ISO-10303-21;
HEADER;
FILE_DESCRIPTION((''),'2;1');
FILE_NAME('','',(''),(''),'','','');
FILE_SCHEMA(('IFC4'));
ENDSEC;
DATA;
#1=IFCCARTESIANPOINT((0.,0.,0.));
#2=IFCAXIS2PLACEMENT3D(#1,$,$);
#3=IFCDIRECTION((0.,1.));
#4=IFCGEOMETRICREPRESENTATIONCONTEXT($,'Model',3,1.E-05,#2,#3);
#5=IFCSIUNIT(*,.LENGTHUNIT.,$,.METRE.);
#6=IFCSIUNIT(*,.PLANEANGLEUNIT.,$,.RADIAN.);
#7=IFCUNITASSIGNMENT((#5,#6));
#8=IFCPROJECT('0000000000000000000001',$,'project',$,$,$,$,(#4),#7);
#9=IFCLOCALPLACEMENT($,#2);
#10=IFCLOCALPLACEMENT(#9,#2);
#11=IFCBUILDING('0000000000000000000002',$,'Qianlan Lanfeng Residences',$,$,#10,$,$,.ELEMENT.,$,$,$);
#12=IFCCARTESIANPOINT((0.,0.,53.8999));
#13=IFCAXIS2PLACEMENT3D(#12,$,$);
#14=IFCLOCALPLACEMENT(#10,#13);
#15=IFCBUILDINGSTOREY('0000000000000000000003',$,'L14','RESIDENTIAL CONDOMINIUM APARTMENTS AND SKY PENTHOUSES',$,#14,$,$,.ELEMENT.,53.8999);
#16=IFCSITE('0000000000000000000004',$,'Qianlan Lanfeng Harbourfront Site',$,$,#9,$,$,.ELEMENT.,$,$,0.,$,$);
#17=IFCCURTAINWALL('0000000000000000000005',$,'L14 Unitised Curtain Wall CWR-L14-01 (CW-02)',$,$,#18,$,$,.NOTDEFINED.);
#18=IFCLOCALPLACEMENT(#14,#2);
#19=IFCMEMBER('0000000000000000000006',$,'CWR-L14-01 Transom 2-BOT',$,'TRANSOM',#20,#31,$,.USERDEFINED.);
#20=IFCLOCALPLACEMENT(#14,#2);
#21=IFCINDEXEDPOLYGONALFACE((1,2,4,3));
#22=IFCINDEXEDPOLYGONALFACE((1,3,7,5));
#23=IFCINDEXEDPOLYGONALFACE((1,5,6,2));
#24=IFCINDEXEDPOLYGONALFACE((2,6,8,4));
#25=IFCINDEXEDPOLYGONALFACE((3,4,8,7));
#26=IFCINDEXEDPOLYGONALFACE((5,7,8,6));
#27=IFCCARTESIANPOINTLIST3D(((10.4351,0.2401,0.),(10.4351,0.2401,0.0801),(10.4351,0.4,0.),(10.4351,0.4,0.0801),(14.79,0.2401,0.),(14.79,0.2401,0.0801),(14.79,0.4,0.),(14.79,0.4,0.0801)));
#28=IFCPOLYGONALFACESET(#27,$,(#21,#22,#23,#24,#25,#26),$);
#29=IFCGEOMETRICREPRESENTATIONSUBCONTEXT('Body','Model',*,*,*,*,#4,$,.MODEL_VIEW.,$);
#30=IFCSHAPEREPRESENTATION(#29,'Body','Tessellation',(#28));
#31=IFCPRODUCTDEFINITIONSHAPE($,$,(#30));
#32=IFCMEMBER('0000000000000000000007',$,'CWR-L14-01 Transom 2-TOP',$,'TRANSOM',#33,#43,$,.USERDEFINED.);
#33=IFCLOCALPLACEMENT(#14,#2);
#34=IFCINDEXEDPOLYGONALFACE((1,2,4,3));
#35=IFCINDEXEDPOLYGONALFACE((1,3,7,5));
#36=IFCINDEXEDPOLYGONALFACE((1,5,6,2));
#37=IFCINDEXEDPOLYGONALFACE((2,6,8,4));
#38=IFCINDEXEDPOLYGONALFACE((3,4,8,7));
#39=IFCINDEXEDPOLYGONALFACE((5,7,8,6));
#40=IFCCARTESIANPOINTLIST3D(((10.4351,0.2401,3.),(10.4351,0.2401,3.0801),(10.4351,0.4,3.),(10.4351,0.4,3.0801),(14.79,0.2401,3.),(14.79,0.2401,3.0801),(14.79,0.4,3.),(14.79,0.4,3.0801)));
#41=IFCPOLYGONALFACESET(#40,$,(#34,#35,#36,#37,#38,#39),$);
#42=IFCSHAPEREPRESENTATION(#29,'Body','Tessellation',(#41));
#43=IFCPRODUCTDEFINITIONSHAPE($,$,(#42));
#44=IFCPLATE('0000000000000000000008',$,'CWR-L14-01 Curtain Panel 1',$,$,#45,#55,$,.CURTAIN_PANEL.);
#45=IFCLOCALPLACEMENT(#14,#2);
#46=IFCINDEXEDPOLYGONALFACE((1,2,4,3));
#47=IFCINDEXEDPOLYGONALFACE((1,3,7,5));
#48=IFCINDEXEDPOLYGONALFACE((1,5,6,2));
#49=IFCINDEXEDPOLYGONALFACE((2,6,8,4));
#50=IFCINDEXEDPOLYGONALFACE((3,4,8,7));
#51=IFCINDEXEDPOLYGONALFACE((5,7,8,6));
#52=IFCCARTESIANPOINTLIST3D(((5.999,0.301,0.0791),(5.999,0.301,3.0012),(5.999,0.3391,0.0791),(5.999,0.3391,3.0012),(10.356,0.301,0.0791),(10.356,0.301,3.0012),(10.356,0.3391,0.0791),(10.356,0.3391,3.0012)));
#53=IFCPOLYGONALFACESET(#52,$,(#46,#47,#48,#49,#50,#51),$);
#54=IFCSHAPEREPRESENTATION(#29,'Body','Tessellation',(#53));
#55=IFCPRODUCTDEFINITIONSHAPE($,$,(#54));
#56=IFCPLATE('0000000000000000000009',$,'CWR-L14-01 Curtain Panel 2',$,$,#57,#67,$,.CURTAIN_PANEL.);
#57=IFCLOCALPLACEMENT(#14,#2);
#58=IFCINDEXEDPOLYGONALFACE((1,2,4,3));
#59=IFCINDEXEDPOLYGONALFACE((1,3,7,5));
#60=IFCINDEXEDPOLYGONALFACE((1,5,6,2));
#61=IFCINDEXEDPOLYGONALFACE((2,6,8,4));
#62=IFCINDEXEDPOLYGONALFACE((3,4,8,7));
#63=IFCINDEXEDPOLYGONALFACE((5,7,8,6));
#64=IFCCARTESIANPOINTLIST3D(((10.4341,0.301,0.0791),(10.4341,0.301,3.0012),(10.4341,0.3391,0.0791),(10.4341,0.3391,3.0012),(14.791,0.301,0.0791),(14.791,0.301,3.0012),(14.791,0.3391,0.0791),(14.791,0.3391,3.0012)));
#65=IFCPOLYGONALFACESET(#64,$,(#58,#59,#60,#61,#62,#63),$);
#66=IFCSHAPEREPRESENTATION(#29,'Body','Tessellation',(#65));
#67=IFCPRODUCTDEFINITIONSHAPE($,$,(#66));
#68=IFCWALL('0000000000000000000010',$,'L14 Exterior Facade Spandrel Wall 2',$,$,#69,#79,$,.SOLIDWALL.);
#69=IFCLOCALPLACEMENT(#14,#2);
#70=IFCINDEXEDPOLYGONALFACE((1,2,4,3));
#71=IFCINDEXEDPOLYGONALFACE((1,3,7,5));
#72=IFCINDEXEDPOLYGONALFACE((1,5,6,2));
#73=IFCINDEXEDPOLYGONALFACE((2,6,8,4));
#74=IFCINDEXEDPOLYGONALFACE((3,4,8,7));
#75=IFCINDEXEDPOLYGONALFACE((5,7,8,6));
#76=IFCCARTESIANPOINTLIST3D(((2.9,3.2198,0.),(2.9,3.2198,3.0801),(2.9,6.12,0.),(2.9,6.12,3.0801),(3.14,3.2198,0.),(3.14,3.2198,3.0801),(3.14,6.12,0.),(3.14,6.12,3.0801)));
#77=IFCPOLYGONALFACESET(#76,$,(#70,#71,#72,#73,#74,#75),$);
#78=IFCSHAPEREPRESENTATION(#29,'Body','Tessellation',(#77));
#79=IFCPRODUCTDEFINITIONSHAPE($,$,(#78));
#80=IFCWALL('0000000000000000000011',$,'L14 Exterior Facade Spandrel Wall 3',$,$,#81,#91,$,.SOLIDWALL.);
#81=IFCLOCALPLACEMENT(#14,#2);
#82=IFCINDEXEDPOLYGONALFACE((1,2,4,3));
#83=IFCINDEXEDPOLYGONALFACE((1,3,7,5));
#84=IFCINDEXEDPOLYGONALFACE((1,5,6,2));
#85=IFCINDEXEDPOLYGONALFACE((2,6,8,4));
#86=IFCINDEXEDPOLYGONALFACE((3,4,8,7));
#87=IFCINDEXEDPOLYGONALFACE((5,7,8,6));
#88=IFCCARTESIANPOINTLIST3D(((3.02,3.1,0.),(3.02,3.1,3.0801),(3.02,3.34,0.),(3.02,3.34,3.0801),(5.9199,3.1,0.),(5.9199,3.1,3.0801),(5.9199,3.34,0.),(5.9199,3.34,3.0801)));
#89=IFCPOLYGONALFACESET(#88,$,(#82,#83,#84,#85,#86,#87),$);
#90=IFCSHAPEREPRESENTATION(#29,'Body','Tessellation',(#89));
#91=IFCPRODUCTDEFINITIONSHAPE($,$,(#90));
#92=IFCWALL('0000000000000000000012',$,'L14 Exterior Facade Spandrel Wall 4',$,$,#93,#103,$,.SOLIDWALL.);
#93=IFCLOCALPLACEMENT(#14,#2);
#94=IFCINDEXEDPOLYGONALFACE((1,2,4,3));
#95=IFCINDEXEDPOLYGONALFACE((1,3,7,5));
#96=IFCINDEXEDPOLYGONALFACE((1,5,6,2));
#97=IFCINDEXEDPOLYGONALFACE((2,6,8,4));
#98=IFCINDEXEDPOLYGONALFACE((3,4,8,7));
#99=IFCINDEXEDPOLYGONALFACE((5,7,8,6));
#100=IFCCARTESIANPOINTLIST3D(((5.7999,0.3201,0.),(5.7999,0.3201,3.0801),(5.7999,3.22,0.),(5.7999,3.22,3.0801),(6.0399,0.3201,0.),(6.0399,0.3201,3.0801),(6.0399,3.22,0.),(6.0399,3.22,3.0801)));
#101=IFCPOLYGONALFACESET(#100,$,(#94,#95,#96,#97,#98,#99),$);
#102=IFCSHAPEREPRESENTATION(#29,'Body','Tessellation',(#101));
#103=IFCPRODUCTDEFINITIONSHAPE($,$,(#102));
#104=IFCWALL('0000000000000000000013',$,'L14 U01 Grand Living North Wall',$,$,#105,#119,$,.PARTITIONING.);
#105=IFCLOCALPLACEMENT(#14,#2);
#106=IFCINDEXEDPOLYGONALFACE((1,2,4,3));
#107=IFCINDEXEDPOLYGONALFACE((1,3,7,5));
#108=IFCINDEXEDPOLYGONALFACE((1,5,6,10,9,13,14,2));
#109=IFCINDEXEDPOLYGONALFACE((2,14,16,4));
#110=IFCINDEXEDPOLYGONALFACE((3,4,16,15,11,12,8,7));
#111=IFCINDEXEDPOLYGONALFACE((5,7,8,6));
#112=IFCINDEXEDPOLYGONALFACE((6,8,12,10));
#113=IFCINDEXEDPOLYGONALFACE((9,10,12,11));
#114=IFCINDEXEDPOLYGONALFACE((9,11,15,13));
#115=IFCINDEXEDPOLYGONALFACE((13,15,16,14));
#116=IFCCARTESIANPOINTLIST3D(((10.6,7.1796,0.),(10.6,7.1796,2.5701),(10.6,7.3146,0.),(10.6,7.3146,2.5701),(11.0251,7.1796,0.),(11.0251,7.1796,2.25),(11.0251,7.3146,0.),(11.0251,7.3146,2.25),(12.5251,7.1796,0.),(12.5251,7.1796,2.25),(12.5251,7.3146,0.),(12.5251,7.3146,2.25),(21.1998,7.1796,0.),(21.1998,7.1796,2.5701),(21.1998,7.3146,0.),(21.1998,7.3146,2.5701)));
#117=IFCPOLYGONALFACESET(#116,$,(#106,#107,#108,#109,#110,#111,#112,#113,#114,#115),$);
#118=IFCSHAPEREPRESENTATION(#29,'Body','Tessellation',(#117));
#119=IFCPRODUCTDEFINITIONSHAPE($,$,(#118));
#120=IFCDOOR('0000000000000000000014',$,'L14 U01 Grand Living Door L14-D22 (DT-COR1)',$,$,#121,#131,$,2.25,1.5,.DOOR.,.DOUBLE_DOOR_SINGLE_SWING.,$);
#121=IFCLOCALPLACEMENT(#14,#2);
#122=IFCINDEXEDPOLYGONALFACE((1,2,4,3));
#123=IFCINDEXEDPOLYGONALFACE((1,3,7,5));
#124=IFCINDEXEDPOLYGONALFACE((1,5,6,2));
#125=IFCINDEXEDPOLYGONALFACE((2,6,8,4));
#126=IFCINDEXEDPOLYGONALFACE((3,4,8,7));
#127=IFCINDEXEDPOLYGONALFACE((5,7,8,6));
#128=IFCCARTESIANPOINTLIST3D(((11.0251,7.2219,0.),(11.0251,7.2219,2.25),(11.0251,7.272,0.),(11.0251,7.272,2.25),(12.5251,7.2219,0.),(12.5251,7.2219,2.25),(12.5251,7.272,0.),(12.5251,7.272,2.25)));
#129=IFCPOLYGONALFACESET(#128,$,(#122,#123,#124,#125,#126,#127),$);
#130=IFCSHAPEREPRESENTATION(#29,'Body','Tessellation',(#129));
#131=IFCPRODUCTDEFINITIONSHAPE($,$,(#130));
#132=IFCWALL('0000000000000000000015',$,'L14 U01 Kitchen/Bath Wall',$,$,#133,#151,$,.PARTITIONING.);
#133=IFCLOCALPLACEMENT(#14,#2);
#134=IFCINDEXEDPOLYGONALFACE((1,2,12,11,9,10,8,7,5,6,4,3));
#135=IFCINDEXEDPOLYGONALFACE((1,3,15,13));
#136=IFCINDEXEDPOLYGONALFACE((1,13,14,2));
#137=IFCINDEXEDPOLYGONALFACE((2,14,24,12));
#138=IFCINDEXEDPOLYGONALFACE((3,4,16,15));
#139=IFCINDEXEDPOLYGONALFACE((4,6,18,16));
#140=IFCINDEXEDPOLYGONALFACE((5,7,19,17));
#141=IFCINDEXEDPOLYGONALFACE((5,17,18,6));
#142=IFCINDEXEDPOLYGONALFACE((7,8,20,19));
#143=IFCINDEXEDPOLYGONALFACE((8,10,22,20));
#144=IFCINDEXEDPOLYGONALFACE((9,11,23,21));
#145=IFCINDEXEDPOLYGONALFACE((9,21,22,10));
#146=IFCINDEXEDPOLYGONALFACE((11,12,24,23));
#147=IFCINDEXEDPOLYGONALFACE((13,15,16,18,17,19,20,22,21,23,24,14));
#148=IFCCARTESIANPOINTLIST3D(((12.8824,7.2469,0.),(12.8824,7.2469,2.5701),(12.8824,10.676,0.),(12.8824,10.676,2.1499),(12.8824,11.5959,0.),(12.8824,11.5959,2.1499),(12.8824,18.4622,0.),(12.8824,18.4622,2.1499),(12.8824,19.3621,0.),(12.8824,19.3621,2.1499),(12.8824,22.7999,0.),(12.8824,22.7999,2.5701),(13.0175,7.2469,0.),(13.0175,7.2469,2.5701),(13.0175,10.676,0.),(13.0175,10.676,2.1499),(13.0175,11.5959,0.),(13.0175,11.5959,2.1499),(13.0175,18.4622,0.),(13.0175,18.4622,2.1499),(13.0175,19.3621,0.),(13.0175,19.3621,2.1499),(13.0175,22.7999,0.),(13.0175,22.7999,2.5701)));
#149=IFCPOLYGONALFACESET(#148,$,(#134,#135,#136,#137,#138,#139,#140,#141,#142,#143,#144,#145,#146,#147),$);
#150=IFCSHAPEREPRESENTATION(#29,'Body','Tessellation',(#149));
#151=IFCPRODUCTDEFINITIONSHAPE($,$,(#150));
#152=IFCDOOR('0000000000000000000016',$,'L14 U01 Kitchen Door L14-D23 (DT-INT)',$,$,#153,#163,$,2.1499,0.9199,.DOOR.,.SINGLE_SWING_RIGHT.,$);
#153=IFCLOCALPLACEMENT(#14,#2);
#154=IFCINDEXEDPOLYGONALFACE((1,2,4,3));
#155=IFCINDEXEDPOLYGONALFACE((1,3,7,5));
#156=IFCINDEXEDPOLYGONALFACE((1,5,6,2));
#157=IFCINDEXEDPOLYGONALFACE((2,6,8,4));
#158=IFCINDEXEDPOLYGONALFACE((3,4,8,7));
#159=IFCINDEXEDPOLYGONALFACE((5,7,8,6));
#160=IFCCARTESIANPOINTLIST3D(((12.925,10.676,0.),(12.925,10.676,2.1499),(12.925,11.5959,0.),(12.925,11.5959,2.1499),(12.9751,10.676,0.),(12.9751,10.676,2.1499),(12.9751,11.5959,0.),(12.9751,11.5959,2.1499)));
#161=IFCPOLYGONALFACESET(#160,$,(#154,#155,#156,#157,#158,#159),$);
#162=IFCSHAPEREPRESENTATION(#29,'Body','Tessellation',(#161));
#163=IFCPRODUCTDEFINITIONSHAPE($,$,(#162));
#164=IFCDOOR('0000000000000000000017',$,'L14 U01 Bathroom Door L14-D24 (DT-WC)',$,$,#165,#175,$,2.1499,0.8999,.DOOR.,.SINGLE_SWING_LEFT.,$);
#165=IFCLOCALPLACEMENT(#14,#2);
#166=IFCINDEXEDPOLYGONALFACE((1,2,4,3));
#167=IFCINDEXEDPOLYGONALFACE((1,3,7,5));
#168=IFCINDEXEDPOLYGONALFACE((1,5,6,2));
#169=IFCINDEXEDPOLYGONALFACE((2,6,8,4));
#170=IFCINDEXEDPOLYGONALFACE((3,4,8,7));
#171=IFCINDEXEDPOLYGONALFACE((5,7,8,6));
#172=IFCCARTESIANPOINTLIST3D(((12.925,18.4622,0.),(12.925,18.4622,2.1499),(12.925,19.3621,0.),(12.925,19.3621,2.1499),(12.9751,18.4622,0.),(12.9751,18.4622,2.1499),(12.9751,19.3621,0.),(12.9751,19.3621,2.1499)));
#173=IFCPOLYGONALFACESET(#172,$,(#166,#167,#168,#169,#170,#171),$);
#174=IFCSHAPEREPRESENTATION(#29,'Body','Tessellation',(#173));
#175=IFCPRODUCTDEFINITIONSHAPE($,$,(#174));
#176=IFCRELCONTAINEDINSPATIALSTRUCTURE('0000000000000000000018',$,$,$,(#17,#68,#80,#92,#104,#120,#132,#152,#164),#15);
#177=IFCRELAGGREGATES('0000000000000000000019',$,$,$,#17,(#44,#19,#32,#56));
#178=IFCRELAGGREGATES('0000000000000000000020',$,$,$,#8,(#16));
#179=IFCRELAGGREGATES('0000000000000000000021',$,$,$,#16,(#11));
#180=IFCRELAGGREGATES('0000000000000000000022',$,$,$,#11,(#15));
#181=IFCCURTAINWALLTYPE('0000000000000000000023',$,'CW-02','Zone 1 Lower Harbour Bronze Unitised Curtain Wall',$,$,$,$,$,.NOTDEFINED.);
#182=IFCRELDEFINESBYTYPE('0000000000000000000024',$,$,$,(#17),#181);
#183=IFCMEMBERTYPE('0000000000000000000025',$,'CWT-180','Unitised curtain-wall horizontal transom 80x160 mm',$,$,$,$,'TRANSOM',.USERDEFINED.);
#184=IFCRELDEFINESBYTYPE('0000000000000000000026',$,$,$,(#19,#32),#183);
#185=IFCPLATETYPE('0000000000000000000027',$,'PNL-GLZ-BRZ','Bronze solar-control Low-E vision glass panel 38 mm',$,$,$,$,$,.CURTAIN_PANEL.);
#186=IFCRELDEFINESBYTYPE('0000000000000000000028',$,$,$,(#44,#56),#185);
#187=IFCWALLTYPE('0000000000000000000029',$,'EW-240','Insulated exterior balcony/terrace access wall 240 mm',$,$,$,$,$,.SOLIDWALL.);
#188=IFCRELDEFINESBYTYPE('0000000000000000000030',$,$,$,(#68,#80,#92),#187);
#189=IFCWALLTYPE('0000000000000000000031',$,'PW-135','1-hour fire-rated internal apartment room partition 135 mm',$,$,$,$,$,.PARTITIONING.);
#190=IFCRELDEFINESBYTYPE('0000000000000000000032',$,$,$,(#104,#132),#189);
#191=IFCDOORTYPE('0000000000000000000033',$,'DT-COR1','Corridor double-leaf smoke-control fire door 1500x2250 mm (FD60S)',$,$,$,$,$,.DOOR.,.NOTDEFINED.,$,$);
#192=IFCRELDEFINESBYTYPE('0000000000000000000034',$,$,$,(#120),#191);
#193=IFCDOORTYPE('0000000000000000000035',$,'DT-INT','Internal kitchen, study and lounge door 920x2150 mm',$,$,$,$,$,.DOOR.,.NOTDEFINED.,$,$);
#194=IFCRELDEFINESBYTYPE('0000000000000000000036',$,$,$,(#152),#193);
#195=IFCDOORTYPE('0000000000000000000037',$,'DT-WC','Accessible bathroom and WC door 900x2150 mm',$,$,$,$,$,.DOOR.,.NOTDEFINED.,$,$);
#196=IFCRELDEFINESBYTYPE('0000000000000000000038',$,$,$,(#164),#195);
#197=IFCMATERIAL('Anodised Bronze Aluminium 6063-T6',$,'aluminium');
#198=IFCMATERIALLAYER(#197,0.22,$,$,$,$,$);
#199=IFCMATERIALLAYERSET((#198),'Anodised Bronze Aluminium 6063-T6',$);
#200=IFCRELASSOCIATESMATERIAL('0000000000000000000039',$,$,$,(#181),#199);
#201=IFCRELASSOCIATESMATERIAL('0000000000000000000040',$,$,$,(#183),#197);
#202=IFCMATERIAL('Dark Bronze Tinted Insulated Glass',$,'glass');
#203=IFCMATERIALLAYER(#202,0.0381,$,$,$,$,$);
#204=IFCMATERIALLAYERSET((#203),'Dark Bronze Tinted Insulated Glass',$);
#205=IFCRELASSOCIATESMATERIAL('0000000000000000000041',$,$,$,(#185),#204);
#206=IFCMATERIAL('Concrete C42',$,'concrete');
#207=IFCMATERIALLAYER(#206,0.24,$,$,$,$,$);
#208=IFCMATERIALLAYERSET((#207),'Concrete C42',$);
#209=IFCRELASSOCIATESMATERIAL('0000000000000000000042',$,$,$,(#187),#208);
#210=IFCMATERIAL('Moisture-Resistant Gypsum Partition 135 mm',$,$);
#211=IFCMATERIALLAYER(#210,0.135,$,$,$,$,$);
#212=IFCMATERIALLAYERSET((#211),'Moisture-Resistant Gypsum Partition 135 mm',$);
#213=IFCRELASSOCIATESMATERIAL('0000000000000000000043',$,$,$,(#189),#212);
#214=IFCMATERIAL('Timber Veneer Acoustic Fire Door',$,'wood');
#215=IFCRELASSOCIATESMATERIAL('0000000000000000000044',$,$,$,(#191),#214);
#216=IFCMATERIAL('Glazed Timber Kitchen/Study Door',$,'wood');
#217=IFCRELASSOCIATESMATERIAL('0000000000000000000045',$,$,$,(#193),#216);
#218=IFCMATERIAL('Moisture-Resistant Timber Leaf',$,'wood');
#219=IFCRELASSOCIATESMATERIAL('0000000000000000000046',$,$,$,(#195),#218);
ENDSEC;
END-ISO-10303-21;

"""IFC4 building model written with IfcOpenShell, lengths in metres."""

from ifc_helpers import new_model, si_unit, direction, frame, frame_2d, origin, origin_2d, place, context, subcontext, project, spatial, rectangle, extrude, source, transform, mapped, material, layer, layer_set, material_profile, profile_set, type_object, element, fill, aggregate, save


model = new_model("IFC4")

# Units and contexts
model_context = context("Model", 3, precision=1e-05, world=origin(), true_north=direction((0.0, 1.0)))
body_context = subcontext(model_context, "Body", "Model", "MODEL_VIEW")
ifc_project = project(units=[si_unit("LENGTHUNIT", "METRE"), si_unit("PLANEANGLEUNIT", "RADIAN")], contexts=[model_context])

# Site, building, storey
site_placement = place(None, origin())
site = spatial("IfcSite", under=ifc_project, at=site_placement, Name="Qianlan Lanfeng Harbourfront Site", CompositionType="ELEMENT", RefElevation=0.0)
building_placement = place(site_placement, origin())
building = spatial("IfcBuilding", under=site, at=building_placement, Name="Qianlan Lanfeng Residences", CompositionType="ELEMENT")
storey_placement = place(building_placement, frame((0.0, 0.0, 53.8999)))
storey = spatial("IfcBuildingStorey", under=building, at=storey_placement, Name="L14", Description="RESIDENTIAL CONDOMINIUM APARTMENTS AND SKY PENTHOUSES", CompositionType="ELEMENT", Elevation=53.8999)

# Curtain wall
ifc_material_1 = material(Name="Anodised Bronze Aluminium 6063-T6", Category="aluminium")
ifc_layer_1 = layer(ifc_material_1, 0.22)
ifc_layer_set_1 = layer_set([ifc_layer_1], Name="Anodised Bronze Aluminium 6063-T6")
curtain_wall_type = type_object("IfcCurtainWallType", Name="CW-02", Description="Zone 1 Lower Harbour Bronze Unitised Curtain Wall", PredefinedType="NOTDEFINED", material=ifc_layer_set_1)
curtain_wall_1_placement = place(storey_placement, origin())
curtain_wall_1 = element("IfcCurtainWall", 1, at=curtain_wall_1_placement, inside=storey, type_object=curtain_wall_type, Name="L14 Unitised Curtain Wall CWR-L14-01 (CW-02)", PredefinedType="NOTDEFINED")
ifc_material_profile_1 = material_profile(ifc_material_1, rectangle(XDim=0.0801, YDim=0.1599, at=origin_2d()), Name="ALU TRANSOM 80x160")
ifc_profile_set_1 = profile_set([ifc_material_profile_1], Name="Anodised Bronze Aluminium 6063-T6")
member_type_1 = type_object("IfcMemberType", Name="CWT-180", Description="Unitised curtain-wall horizontal transom 80x160 mm", ElementType="TRANSOM", PredefinedType="USERDEFINED", material=ifc_profile_set_1)

# Members
shared_shape_1 = source(origin(), body_context, "Body", "SweptSolid", [
    extrude(rectangle(XDim=0.0801, YDim=0.1599, at=origin_2d()), origin(), (0.0, 0.0, 1.0), 4.355),
])
member_1_placement = place(storey_placement, frame((10.4351, 0.3201, 0.04), z_axis=(1.0, 0.0, 0.0), x_axis=(0.0, 0.0, 1.0)))
member_1 = element("IfcMember", 2, at=member_1_placement, type_object=member_type_1, Name="CWR-L14-01 Transom 2-BOT", ObjectType="TRANSOM", PredefinedType="USERDEFINED", context=body_context, shape_type="MappedRepresentation", body=[
    mapped(shared_shape_1, transform((0.0, 0.0, 0.0), scale=1.0)),
])
member_2_placement = place(storey_placement, frame((10.4351, 0.3201, 3.04), z_axis=(1.0, 0.0, 0.0), x_axis=(0.0, 0.0, 1.0)))
member_2 = element("IfcMember", 3, at=member_2_placement, type_object=member_type_1, Name="CWR-L14-01 Transom 2-TOP", ObjectType="TRANSOM", PredefinedType="USERDEFINED", context=body_context, shape_type="MappedRepresentation", body=[
    mapped(shared_shape_1, transform((0.0, 0.0, 0.0), scale=1.0)),
])

# Plates
ifc_material_2 = material(Name="Dark Bronze Tinted Insulated Glass", Category="glass")
ifc_layer_2 = layer(ifc_material_2, 0.0381)
ifc_layer_set_2 = layer_set([ifc_layer_2], Name="Dark Bronze Tinted Insulated Glass")
plate_type = type_object("IfcPlateType", Name="PNL-GLZ-BRZ", Description="Bronze solar-control Low-E vision glass panel 38 mm", PredefinedType="CURTAIN_PANEL", material=ifc_layer_set_2)
shared_shape_2 = source(origin(), body_context, "Body", "SweptSolid", [
    extrude(rectangle(XDim=4.3569, YDim=0.0381, at=origin_2d()), origin(), (0.0, 0.0, 1.0), 2.9221),
])
plate_1_placement = place(storey_placement, frame((8.1775, 0.3201, 0.0791), z_axis=(0.0, 0.0, 1.0), x_axis=(1.0, 0.0, 0.0)))
plate_1 = element("IfcPlate", 4, at=plate_1_placement, type_object=plate_type, Name="CWR-L14-01 Curtain Panel 1", PredefinedType="CURTAIN_PANEL", context=body_context, shape_type="MappedRepresentation", body=[
    mapped(shared_shape_2, transform((0.0, 0.0, 0.0), scale=1.0)),
])
plate_2_placement = place(storey_placement, frame((12.6125, 0.3201, 0.0791), z_axis=(0.0, 0.0, 1.0), x_axis=(1.0, 0.0, 0.0)))
plate_2 = element("IfcPlate", 5, at=plate_2_placement, type_object=plate_type, Name="CWR-L14-01 Curtain Panel 2", PredefinedType="CURTAIN_PANEL", context=body_context, shape_type="MappedRepresentation", body=[
    mapped(shared_shape_2, transform((0.0, 0.0, 0.0), scale=1.0)),
])
aggregate(curtain_wall_1, [plate_1, member_1, member_2, plate_2])

# Walls
ifc_material_3 = material(Name="Concrete C42", Category="concrete")
ifc_layer_3 = layer(ifc_material_3, 0.24)
ifc_layer_set_3 = layer_set([ifc_layer_3], Name="Concrete C42")
wall_type_1 = type_object("IfcWallType", Name="EW-240", Description="Insulated exterior balcony/terrace access wall 240 mm", PredefinedType="SOLIDWALL", material=ifc_layer_set_3)
wall_1_placement = place(storey_placement, frame((3.02, 6.1201, 0.0), z_axis=(0.0, 0.0, 1.0), x_axis=(0.0, -1.0, 0.0)))
element("IfcWall", 6, at=wall_1_placement, inside=storey, type_object=wall_type_1, Name="L14 Exterior Facade Spandrel Wall 2", PredefinedType="SOLIDWALL", context=body_context, shape_type="SweptSolid", body=[
    extrude(rectangle(XDim=2.9001, YDim=0.24, at=frame_2d((1.4502, 0.0))), origin(), (0.0, 0.0, 1.0), 3.0801),
])
for number, where, z_axis, x_axis, name in (
    (7, (3.02, 3.22, 0.0), (0.0, 0.0, 1.0), (1.0, 0.0, 0.0), "L14 Exterior Facade Spandrel Wall 3"),
    (8, (5.9199, 3.22, 0.0), (0.0, 0.0, 1.0), (0.0, -1.0, 0.0), "L14 Exterior Facade Spandrel Wall 4"),
):
    element("IfcWall", number, at=place(storey_placement, frame(where, z_axis=z_axis, x_axis=x_axis)), inside=storey, type_object=wall_type_1, Name=name, PredefinedType="SOLIDWALL", context=body_context, shape_type="SweptSolid", body=[
        extrude(rectangle(XDim=2.8999, YDim=0.24, at=frame_2d((1.45, 0.0))), origin(), (0.0, 0.0, 1.0), 3.0801),
    ])

# Wall, opening, door
ifc_material_4 = material(Name="Moisture-Resistant Gypsum Partition 135 mm")
ifc_layer_4 = layer(ifc_material_4, 0.135)
ifc_layer_set_4 = layer_set([ifc_layer_4], Name="Moisture-Resistant Gypsum Partition 135 mm")
wall_type_2 = type_object("IfcWallType", Name="PW-135", Description="1-hour fire-rated internal apartment room partition 135 mm", PredefinedType="PARTITIONING", material=ifc_layer_set_4)
wall_2_placement = place(storey_placement, frame((10.6001, 7.2471, 0.0), z_axis=(0.0, 0.0, 1.0), x_axis=(1.0, 0.0, 0.0)))
wall_2 = element("IfcWall", 9, at=wall_2_placement, inside=storey, type_object=wall_type_2, Name="L14 U01 Grand Living North Wall", PredefinedType="PARTITIONING", context=body_context, shape_type="SweptSolid", body=[
    extrude(rectangle(XDim=10.5999, YDim=0.135, at=frame_2d((5.2998, 0.0))), origin(), (0.0, 0.0, 1.0), 2.5701),
])
opening_1_placement = place(wall_2_placement, frame((0.425, 0.0, 0.0)))
opening_1 = element("IfcOpeningElement", 10, at=opening_1_placement, cuts=wall_2, PredefinedType="OPENING", context=body_context, shape_type="SweptSolid", body=[
    extrude(rectangle(XDim=1.5, YDim=2.25, at=frame_2d((0.75, 1.125))), frame((0.0, 0.0776, 0.0), z_axis=(0.0, -1.0, 0.0), x_axis=(1.0, 0.0, 0.0)), (0.0, 0.0, 1.0), 0.155),
])
ifc_material_5 = material(Name="Timber Veneer Acoustic Fire Door", Category="wood")
door_type_1 = type_object("IfcDoorType", Name="DT-COR1", Description="Corridor double-leaf smoke-control fire door 1500x2250 mm (FD60S)", OperationType="NOTDEFINED", PredefinedType="DOOR", material=ifc_material_5)
door_1_placement = place(opening_1_placement, origin())
door_1 = element("IfcDoor", 11, at=door_1_placement, inside=storey, type_object=door_type_1, Name="L14 U01 Grand Living Door L14-D22 (DT-COR1)", OperationType="DOUBLE_DOOR_SINGLE_SWING", OverallHeight=2.25, OverallWidth=1.5, PredefinedType="DOOR", context=body_context, shape_type="SweptSolid", body=[
    extrude(rectangle(XDim=1.5, YDim=2.25, at=frame_2d((0.75, 1.125))), frame((0.0, 0.0249, 0.0), z_axis=(0.0, -1.0, 0.0), x_axis=(1.0, 0.0, 0.0)), (0.0, 0.0, 1.0), 0.05),
])
fill(opening_1, door_1)

# Wall, openings, doors
wall_3_placement = place(storey_placement, frame((12.95, 7.2471, 0.0), z_axis=(0.0, 0.0, 1.0), x_axis=(0.0, 1.0, 0.0)))
wall_3 = element("IfcWall", 12, at=wall_3_placement, inside=storey, type_object=wall_type_2, Name="L14 U01 Kitchen/Bath Wall", PredefinedType="PARTITIONING", context=body_context, shape_type="SweptSolid", body=[
    extrude(rectangle(XDim=15.553, YDim=0.135, at=frame_2d((7.7764, 0.0))), origin(), (0.0, 0.0, 1.0), 2.5701),
])
opening_2_placement = place(wall_3_placement, frame((3.429, 0.0, 0.0)))
opening_2 = element("IfcOpeningElement", 13, at=opening_2_placement, cuts=wall_3, PredefinedType="OPENING", context=body_context, shape_type="SweptSolid", body=[
    extrude(rectangle(XDim=0.9199, YDim=2.1499, at=frame_2d((0.46, 1.075))), frame((0.0, 0.0776, 0.0), z_axis=(0.0, -1.0, 0.0), x_axis=(1.0, 0.0, 0.0)), (0.0, 0.0, 1.0), 0.155),
])
opening_3_placement = place(wall_3_placement, frame((11.2151, 0.0, 0.0)))
opening_3 = element("IfcOpeningElement", 14, at=opening_3_placement, cuts=wall_3, PredefinedType="OPENING", context=body_context, shape_type="SweptSolid", body=[
    extrude(rectangle(XDim=0.8999, YDim=2.1499, at=frame_2d((0.45, 1.075))), frame((0.0, 0.0776, 0.0), z_axis=(0.0, -1.0, 0.0), x_axis=(1.0, 0.0, 0.0)), (0.0, 0.0, 1.0), 0.155),
])
ifc_material_6 = material(Name="Glazed Timber Kitchen/Study Door", Category="wood")
door_type_2 = type_object("IfcDoorType", Name="DT-INT", Description="Internal kitchen, study and lounge door 920x2150 mm", OperationType="NOTDEFINED", PredefinedType="DOOR", material=ifc_material_6)
door_2_placement = place(opening_2_placement, origin())
door_2 = element("IfcDoor", 15, at=door_2_placement, inside=storey, type_object=door_type_2, Name="L14 U01 Kitchen Door L14-D23 (DT-INT)", OperationType="SINGLE_SWING_RIGHT", OverallHeight=2.1499, OverallWidth=0.9199, PredefinedType="DOOR", context=body_context, shape_type="SweptSolid", body=[
    extrude(rectangle(XDim=0.9199, YDim=2.1499, at=frame_2d((0.46, 1.075))), frame((0.0, 0.0249, 0.0), z_axis=(0.0, -1.0, 0.0), x_axis=(1.0, 0.0, 0.0)), (0.0, 0.0, 1.0), 0.05),
])
fill(opening_2, door_2)
ifc_material_7 = material(Name="Moisture-Resistant Timber Leaf", Category="wood")
door_type_3 = type_object("IfcDoorType", Name="DT-WC", Description="Accessible bathroom and WC door 900x2150 mm", OperationType="NOTDEFINED", PredefinedType="DOOR", material=ifc_material_7)
door_3_placement = place(opening_3_placement, origin())
door_3 = element("IfcDoor", 16, at=door_3_placement, inside=storey, type_object=door_type_3, Name="L14 U01 Bathroom Door L14-D24 (DT-WC)", OperationType="SINGLE_SWING_LEFT", OverallHeight=2.1499, OverallWidth=0.8999, PredefinedType="DOOR", context=body_context, shape_type="SweptSolid", body=[
    extrude(rectangle(XDim=0.8999, YDim=2.1499, at=frame_2d((0.45, 1.075))), frame((0.0, 0.0249, 0.0), z_axis=(0.0, -1.0, 0.0), x_axis=(1.0, 0.0, 0.0)), (0.0, 0.0, 1.0), 0.05),
])
fill(opening_3, door_3)

save(model, "model.ifc")
